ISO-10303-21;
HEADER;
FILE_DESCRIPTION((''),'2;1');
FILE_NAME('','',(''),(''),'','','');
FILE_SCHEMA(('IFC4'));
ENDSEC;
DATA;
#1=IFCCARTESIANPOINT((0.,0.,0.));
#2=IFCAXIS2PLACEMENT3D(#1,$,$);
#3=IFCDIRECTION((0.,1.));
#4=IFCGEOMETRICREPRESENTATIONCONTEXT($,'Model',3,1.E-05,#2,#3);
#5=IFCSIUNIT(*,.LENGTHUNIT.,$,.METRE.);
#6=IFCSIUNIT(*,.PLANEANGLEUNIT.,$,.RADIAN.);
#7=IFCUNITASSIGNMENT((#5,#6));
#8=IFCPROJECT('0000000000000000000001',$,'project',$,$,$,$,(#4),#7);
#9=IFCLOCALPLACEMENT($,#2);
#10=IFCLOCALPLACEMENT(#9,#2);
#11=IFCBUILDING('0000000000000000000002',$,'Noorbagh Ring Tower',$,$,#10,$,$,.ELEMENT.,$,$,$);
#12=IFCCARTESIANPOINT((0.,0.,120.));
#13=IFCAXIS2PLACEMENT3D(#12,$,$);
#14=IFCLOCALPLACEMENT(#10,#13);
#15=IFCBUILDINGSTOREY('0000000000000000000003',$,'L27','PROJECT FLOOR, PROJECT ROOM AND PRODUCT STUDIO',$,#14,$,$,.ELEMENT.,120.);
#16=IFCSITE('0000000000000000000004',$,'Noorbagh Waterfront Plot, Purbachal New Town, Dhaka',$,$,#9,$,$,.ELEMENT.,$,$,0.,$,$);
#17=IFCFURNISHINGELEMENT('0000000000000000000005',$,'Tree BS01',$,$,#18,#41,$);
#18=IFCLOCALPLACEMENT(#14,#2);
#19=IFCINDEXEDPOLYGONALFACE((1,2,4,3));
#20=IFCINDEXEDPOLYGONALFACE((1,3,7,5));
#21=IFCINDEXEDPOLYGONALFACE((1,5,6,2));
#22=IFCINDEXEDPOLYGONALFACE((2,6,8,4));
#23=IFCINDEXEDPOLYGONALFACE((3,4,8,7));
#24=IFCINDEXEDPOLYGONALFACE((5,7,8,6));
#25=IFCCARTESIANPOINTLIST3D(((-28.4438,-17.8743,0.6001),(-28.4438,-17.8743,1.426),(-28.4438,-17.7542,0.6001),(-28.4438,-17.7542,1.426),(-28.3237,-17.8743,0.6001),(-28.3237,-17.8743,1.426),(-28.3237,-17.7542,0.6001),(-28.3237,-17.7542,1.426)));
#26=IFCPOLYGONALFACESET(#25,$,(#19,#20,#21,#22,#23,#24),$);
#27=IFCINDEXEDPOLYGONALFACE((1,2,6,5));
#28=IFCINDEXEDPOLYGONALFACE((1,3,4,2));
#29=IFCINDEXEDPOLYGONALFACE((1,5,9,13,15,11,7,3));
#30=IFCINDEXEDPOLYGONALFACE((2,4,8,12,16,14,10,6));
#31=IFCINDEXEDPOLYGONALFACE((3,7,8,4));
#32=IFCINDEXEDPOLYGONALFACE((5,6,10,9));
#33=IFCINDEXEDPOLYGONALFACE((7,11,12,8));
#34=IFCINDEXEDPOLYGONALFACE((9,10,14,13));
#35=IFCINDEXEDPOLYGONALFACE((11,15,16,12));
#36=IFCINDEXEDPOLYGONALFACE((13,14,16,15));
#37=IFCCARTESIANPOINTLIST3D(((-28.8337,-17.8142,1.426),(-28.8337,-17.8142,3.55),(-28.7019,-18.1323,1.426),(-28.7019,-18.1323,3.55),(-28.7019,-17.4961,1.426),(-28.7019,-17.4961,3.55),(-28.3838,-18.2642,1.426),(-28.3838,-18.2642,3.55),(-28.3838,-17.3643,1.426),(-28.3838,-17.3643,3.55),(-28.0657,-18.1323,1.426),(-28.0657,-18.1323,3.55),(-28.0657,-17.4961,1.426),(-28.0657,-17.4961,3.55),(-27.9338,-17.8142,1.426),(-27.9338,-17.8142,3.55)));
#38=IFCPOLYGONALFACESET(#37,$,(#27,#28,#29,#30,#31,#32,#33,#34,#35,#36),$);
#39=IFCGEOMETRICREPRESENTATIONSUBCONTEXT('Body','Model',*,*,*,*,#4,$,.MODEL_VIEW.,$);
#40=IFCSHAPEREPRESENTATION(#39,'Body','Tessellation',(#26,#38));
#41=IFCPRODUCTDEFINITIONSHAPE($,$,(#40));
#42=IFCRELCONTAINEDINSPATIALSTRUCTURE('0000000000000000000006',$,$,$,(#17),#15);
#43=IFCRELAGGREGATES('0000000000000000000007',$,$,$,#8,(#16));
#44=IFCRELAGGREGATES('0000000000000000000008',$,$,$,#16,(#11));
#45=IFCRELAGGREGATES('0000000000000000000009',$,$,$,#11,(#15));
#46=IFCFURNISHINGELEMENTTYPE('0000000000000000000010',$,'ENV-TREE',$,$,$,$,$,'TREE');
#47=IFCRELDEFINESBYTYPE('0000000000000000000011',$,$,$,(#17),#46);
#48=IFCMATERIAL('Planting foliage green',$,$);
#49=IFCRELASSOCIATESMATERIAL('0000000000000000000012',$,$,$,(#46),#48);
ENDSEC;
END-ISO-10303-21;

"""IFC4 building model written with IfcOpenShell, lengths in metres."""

from ifc_helpers import new_model, si_unit, direction, frame, origin, origin_2d, place, context, subcontext, project, spatial, polyline, rectangle, outline, extrude, material, type_object, element, save


model = new_model("IFC4")

# Units and contexts
model_context = context("Model", 3, precision=1e-05, world=origin(), true_north=direction((0.0, 1.0)))
body_context = subcontext(model_context, "Body", "Model", "MODEL_VIEW")
ifc_project = project(units=[si_unit("LENGTHUNIT", "METRE"), si_unit("PLANEANGLEUNIT", "RADIAN")], contexts=[model_context])

# Site, building, storey
site_placement = place(None, origin())
site = spatial("IfcSite", under=ifc_project, at=site_placement, Name="Noorbagh Waterfront Plot, Purbachal New Town, Dhaka", CompositionType="ELEMENT", RefElevation=0.0)
building_placement = place(site_placement, origin())
building = spatial("IfcBuilding", under=site, at=building_placement, Name="Noorbagh Ring Tower", CompositionType="ELEMENT")
storey_placement = place(building_placement, frame((0.0, 0.0, 120.0)))
storey = spatial("IfcBuildingStorey", under=building, at=storey_placement, Name="L27", Description="PROJECT FLOOR, PROJECT ROOM AND PRODUCT STUDIO", CompositionType="ELEMENT", Elevation=120.0)

# Furnishing element
ifc_material_1 = material(Name="Planting foliage green")
furnishing_element_type = type_object("IfcFurnishingElementType", Name="ENV-TREE", ElementType="TREE", material=ifc_material_1)
furnishing_placement = place(storey_placement, frame((-28.3838, -17.8142, 0.6001), z_axis=(0.0, 0.0, 1.0), x_axis=(1.0, 0.0, 0.0)))
element("IfcFurnishingElement", 1, at=furnishing_placement, inside=storey, type_object=furnishing_element_type, Name="Tree BS01", context=body_context, shape_type="SweptSolid", body=[
    extrude(rectangle(XDim=0.1201, YDim=0.1201, at=origin_2d()), origin(), (0.0, 0.0, 1.0), 0.8259),
    extrude(outline(polyline([(0.45, 0.0), (0.3181, 0.3181), (0.0, 0.45), (-0.3181, 0.3181), (-0.45, 0.0), (-0.3181, -0.3181), (0.0, -0.45), (0.3181, -0.3181), (0.45, 0.0)])), frame((0.0, 0.0, 0.8259)), (0.0, 0.0, 1.0), 2.124),
])

save(model, "model.ifc")
